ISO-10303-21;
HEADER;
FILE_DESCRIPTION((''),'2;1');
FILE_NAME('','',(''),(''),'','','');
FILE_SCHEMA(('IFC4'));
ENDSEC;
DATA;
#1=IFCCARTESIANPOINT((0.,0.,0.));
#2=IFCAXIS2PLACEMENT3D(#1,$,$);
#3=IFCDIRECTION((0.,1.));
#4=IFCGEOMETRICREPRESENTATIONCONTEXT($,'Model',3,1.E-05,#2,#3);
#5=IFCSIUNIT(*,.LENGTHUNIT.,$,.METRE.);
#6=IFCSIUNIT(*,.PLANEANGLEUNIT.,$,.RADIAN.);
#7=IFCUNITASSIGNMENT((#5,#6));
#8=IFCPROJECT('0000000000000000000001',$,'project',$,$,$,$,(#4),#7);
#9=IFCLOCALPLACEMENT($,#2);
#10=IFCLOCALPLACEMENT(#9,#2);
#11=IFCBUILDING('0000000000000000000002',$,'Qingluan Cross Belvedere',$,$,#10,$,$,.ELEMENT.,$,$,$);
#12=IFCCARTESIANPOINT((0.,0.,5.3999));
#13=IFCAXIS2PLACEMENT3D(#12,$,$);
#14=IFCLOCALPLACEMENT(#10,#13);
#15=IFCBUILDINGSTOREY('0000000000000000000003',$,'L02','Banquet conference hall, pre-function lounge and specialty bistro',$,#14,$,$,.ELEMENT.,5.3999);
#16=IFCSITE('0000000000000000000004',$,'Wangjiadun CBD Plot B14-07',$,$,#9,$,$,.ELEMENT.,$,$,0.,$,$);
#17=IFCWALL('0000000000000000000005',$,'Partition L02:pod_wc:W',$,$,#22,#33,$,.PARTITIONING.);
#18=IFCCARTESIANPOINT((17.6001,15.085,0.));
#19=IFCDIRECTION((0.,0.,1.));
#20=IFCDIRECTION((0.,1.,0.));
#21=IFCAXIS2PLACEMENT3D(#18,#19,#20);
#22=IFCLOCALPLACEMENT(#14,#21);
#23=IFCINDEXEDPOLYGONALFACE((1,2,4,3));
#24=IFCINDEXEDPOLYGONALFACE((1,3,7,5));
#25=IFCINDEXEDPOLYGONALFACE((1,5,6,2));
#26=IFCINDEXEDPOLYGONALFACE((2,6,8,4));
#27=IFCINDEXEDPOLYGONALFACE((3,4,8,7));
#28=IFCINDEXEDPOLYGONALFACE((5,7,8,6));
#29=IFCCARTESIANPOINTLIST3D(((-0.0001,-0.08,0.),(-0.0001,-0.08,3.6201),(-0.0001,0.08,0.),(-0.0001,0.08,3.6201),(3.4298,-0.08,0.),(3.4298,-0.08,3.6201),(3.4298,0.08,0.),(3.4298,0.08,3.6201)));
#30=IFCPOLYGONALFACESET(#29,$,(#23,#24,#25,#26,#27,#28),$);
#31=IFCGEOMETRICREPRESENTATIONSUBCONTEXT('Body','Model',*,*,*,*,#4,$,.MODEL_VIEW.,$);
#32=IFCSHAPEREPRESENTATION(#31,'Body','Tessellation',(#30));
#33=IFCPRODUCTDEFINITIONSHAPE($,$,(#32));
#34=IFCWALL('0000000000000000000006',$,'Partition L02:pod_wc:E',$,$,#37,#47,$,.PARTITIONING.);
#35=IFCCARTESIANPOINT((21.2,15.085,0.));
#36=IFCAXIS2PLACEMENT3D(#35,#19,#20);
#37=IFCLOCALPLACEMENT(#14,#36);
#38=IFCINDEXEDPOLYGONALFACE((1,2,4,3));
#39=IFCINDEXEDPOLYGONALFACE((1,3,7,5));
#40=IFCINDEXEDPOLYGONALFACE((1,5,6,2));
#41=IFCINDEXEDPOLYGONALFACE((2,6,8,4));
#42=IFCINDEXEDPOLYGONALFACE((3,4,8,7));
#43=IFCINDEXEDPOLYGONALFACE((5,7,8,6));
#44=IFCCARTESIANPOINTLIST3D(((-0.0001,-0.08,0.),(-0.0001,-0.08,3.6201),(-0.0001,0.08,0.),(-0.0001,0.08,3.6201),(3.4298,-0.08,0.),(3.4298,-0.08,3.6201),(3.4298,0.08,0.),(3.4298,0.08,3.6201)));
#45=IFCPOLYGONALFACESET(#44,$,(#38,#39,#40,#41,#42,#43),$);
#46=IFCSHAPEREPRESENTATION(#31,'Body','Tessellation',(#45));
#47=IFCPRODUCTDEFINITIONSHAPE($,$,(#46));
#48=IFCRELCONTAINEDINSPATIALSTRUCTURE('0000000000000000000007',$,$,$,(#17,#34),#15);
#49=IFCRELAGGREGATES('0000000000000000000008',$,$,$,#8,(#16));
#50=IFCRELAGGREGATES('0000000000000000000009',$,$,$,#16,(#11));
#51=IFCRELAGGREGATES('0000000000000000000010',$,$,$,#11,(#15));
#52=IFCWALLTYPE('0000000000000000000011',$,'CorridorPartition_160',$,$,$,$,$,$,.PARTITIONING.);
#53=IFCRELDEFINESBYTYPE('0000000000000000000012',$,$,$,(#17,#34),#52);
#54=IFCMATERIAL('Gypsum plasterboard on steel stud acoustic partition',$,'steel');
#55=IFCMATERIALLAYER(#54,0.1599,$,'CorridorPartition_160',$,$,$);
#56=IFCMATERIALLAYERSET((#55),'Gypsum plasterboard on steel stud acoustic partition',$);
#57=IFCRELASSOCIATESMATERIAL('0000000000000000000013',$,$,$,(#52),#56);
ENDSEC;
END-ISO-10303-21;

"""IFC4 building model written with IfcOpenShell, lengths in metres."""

from ifc_helpers import new_model, si_unit, direction, frame, frame_2d, origin, place, context, subcontext, project, spatial, rectangle, extrude, material, layer, layer_set, type_object, element, save


model = new_model("IFC4")

# Units and contexts
model_context = context("Model", 3, precision=1e-05, world=origin(), true_north=direction((0.0, 1.0)))
body_context = subcontext(model_context, "Body", "Model", "MODEL_VIEW")
ifc_project = project(units=[si_unit("LENGTHUNIT", "METRE"), si_unit("PLANEANGLEUNIT", "RADIAN")], contexts=[model_context])

# Site, building, storey
site_placement = place(None, origin())
site = spatial("IfcSite", under=ifc_project, at=site_placement, Name="Wangjiadun CBD Plot B14-07", CompositionType="ELEMENT", RefElevation=0.0)
building_placement = place(site_placement, origin())
building = spatial("IfcBuilding", under=site, at=building_placement, Name="Qingluan Cross Belvedere", CompositionType="ELEMENT")
storey_placement = place(building_placement, frame((0.0, 0.0, 5.3999)))
storey = spatial("IfcBuildingStorey", under=building, at=storey_placement, Name="L02", Description="Banquet conference hall, pre-function lounge and specialty bistro", CompositionType="ELEMENT", Elevation=5.3999)

# Shared definitions
ifc_material_1 = material(Name="Gypsum plasterboard on steel stud acoustic partition", Category="steel")
ifc_layer_1 = layer(ifc_material_1, 0.1599, Name="CorridorPartition_160")
ifc_layer_set_1 = layer_set([ifc_layer_1], Name="Gypsum plasterboard on steel stud acoustic partition")
wall_type_1 = type_object("IfcWallType", Name="CorridorPartition_160", PredefinedType="PARTITIONING", material=ifc_layer_set_1)

# Walls
for number, where, z_axis, x_axis, name in (
    (1, (17.6001, 15.085, 0.0), (0.0, 0.0, 1.0), (0.0, 1.0, 0.0), "Partition L02:pod_wc:W"),
    (2, (21.2, 15.085, 0.0), (0.0, 0.0, 1.0), (0.0, 1.0, 0.0), "Partition L02:pod_wc:E"),
):
    element("IfcWall", number, at=place(storey_placement, frame(where, z_axis=z_axis, x_axis=x_axis)), inside=storey, type_object=wall_type_1, Name=name, PredefinedType="PARTITIONING", context=body_context, shape_type="SweptSolid", body=[
        extrude(rectangle(XDim=3.4299, YDim=0.1599, at=frame_2d((1.7148, 0.0))), origin(), (0.0, 0.0, 1.0), 3.6201),
    ])

save(model, "model.ifc")
